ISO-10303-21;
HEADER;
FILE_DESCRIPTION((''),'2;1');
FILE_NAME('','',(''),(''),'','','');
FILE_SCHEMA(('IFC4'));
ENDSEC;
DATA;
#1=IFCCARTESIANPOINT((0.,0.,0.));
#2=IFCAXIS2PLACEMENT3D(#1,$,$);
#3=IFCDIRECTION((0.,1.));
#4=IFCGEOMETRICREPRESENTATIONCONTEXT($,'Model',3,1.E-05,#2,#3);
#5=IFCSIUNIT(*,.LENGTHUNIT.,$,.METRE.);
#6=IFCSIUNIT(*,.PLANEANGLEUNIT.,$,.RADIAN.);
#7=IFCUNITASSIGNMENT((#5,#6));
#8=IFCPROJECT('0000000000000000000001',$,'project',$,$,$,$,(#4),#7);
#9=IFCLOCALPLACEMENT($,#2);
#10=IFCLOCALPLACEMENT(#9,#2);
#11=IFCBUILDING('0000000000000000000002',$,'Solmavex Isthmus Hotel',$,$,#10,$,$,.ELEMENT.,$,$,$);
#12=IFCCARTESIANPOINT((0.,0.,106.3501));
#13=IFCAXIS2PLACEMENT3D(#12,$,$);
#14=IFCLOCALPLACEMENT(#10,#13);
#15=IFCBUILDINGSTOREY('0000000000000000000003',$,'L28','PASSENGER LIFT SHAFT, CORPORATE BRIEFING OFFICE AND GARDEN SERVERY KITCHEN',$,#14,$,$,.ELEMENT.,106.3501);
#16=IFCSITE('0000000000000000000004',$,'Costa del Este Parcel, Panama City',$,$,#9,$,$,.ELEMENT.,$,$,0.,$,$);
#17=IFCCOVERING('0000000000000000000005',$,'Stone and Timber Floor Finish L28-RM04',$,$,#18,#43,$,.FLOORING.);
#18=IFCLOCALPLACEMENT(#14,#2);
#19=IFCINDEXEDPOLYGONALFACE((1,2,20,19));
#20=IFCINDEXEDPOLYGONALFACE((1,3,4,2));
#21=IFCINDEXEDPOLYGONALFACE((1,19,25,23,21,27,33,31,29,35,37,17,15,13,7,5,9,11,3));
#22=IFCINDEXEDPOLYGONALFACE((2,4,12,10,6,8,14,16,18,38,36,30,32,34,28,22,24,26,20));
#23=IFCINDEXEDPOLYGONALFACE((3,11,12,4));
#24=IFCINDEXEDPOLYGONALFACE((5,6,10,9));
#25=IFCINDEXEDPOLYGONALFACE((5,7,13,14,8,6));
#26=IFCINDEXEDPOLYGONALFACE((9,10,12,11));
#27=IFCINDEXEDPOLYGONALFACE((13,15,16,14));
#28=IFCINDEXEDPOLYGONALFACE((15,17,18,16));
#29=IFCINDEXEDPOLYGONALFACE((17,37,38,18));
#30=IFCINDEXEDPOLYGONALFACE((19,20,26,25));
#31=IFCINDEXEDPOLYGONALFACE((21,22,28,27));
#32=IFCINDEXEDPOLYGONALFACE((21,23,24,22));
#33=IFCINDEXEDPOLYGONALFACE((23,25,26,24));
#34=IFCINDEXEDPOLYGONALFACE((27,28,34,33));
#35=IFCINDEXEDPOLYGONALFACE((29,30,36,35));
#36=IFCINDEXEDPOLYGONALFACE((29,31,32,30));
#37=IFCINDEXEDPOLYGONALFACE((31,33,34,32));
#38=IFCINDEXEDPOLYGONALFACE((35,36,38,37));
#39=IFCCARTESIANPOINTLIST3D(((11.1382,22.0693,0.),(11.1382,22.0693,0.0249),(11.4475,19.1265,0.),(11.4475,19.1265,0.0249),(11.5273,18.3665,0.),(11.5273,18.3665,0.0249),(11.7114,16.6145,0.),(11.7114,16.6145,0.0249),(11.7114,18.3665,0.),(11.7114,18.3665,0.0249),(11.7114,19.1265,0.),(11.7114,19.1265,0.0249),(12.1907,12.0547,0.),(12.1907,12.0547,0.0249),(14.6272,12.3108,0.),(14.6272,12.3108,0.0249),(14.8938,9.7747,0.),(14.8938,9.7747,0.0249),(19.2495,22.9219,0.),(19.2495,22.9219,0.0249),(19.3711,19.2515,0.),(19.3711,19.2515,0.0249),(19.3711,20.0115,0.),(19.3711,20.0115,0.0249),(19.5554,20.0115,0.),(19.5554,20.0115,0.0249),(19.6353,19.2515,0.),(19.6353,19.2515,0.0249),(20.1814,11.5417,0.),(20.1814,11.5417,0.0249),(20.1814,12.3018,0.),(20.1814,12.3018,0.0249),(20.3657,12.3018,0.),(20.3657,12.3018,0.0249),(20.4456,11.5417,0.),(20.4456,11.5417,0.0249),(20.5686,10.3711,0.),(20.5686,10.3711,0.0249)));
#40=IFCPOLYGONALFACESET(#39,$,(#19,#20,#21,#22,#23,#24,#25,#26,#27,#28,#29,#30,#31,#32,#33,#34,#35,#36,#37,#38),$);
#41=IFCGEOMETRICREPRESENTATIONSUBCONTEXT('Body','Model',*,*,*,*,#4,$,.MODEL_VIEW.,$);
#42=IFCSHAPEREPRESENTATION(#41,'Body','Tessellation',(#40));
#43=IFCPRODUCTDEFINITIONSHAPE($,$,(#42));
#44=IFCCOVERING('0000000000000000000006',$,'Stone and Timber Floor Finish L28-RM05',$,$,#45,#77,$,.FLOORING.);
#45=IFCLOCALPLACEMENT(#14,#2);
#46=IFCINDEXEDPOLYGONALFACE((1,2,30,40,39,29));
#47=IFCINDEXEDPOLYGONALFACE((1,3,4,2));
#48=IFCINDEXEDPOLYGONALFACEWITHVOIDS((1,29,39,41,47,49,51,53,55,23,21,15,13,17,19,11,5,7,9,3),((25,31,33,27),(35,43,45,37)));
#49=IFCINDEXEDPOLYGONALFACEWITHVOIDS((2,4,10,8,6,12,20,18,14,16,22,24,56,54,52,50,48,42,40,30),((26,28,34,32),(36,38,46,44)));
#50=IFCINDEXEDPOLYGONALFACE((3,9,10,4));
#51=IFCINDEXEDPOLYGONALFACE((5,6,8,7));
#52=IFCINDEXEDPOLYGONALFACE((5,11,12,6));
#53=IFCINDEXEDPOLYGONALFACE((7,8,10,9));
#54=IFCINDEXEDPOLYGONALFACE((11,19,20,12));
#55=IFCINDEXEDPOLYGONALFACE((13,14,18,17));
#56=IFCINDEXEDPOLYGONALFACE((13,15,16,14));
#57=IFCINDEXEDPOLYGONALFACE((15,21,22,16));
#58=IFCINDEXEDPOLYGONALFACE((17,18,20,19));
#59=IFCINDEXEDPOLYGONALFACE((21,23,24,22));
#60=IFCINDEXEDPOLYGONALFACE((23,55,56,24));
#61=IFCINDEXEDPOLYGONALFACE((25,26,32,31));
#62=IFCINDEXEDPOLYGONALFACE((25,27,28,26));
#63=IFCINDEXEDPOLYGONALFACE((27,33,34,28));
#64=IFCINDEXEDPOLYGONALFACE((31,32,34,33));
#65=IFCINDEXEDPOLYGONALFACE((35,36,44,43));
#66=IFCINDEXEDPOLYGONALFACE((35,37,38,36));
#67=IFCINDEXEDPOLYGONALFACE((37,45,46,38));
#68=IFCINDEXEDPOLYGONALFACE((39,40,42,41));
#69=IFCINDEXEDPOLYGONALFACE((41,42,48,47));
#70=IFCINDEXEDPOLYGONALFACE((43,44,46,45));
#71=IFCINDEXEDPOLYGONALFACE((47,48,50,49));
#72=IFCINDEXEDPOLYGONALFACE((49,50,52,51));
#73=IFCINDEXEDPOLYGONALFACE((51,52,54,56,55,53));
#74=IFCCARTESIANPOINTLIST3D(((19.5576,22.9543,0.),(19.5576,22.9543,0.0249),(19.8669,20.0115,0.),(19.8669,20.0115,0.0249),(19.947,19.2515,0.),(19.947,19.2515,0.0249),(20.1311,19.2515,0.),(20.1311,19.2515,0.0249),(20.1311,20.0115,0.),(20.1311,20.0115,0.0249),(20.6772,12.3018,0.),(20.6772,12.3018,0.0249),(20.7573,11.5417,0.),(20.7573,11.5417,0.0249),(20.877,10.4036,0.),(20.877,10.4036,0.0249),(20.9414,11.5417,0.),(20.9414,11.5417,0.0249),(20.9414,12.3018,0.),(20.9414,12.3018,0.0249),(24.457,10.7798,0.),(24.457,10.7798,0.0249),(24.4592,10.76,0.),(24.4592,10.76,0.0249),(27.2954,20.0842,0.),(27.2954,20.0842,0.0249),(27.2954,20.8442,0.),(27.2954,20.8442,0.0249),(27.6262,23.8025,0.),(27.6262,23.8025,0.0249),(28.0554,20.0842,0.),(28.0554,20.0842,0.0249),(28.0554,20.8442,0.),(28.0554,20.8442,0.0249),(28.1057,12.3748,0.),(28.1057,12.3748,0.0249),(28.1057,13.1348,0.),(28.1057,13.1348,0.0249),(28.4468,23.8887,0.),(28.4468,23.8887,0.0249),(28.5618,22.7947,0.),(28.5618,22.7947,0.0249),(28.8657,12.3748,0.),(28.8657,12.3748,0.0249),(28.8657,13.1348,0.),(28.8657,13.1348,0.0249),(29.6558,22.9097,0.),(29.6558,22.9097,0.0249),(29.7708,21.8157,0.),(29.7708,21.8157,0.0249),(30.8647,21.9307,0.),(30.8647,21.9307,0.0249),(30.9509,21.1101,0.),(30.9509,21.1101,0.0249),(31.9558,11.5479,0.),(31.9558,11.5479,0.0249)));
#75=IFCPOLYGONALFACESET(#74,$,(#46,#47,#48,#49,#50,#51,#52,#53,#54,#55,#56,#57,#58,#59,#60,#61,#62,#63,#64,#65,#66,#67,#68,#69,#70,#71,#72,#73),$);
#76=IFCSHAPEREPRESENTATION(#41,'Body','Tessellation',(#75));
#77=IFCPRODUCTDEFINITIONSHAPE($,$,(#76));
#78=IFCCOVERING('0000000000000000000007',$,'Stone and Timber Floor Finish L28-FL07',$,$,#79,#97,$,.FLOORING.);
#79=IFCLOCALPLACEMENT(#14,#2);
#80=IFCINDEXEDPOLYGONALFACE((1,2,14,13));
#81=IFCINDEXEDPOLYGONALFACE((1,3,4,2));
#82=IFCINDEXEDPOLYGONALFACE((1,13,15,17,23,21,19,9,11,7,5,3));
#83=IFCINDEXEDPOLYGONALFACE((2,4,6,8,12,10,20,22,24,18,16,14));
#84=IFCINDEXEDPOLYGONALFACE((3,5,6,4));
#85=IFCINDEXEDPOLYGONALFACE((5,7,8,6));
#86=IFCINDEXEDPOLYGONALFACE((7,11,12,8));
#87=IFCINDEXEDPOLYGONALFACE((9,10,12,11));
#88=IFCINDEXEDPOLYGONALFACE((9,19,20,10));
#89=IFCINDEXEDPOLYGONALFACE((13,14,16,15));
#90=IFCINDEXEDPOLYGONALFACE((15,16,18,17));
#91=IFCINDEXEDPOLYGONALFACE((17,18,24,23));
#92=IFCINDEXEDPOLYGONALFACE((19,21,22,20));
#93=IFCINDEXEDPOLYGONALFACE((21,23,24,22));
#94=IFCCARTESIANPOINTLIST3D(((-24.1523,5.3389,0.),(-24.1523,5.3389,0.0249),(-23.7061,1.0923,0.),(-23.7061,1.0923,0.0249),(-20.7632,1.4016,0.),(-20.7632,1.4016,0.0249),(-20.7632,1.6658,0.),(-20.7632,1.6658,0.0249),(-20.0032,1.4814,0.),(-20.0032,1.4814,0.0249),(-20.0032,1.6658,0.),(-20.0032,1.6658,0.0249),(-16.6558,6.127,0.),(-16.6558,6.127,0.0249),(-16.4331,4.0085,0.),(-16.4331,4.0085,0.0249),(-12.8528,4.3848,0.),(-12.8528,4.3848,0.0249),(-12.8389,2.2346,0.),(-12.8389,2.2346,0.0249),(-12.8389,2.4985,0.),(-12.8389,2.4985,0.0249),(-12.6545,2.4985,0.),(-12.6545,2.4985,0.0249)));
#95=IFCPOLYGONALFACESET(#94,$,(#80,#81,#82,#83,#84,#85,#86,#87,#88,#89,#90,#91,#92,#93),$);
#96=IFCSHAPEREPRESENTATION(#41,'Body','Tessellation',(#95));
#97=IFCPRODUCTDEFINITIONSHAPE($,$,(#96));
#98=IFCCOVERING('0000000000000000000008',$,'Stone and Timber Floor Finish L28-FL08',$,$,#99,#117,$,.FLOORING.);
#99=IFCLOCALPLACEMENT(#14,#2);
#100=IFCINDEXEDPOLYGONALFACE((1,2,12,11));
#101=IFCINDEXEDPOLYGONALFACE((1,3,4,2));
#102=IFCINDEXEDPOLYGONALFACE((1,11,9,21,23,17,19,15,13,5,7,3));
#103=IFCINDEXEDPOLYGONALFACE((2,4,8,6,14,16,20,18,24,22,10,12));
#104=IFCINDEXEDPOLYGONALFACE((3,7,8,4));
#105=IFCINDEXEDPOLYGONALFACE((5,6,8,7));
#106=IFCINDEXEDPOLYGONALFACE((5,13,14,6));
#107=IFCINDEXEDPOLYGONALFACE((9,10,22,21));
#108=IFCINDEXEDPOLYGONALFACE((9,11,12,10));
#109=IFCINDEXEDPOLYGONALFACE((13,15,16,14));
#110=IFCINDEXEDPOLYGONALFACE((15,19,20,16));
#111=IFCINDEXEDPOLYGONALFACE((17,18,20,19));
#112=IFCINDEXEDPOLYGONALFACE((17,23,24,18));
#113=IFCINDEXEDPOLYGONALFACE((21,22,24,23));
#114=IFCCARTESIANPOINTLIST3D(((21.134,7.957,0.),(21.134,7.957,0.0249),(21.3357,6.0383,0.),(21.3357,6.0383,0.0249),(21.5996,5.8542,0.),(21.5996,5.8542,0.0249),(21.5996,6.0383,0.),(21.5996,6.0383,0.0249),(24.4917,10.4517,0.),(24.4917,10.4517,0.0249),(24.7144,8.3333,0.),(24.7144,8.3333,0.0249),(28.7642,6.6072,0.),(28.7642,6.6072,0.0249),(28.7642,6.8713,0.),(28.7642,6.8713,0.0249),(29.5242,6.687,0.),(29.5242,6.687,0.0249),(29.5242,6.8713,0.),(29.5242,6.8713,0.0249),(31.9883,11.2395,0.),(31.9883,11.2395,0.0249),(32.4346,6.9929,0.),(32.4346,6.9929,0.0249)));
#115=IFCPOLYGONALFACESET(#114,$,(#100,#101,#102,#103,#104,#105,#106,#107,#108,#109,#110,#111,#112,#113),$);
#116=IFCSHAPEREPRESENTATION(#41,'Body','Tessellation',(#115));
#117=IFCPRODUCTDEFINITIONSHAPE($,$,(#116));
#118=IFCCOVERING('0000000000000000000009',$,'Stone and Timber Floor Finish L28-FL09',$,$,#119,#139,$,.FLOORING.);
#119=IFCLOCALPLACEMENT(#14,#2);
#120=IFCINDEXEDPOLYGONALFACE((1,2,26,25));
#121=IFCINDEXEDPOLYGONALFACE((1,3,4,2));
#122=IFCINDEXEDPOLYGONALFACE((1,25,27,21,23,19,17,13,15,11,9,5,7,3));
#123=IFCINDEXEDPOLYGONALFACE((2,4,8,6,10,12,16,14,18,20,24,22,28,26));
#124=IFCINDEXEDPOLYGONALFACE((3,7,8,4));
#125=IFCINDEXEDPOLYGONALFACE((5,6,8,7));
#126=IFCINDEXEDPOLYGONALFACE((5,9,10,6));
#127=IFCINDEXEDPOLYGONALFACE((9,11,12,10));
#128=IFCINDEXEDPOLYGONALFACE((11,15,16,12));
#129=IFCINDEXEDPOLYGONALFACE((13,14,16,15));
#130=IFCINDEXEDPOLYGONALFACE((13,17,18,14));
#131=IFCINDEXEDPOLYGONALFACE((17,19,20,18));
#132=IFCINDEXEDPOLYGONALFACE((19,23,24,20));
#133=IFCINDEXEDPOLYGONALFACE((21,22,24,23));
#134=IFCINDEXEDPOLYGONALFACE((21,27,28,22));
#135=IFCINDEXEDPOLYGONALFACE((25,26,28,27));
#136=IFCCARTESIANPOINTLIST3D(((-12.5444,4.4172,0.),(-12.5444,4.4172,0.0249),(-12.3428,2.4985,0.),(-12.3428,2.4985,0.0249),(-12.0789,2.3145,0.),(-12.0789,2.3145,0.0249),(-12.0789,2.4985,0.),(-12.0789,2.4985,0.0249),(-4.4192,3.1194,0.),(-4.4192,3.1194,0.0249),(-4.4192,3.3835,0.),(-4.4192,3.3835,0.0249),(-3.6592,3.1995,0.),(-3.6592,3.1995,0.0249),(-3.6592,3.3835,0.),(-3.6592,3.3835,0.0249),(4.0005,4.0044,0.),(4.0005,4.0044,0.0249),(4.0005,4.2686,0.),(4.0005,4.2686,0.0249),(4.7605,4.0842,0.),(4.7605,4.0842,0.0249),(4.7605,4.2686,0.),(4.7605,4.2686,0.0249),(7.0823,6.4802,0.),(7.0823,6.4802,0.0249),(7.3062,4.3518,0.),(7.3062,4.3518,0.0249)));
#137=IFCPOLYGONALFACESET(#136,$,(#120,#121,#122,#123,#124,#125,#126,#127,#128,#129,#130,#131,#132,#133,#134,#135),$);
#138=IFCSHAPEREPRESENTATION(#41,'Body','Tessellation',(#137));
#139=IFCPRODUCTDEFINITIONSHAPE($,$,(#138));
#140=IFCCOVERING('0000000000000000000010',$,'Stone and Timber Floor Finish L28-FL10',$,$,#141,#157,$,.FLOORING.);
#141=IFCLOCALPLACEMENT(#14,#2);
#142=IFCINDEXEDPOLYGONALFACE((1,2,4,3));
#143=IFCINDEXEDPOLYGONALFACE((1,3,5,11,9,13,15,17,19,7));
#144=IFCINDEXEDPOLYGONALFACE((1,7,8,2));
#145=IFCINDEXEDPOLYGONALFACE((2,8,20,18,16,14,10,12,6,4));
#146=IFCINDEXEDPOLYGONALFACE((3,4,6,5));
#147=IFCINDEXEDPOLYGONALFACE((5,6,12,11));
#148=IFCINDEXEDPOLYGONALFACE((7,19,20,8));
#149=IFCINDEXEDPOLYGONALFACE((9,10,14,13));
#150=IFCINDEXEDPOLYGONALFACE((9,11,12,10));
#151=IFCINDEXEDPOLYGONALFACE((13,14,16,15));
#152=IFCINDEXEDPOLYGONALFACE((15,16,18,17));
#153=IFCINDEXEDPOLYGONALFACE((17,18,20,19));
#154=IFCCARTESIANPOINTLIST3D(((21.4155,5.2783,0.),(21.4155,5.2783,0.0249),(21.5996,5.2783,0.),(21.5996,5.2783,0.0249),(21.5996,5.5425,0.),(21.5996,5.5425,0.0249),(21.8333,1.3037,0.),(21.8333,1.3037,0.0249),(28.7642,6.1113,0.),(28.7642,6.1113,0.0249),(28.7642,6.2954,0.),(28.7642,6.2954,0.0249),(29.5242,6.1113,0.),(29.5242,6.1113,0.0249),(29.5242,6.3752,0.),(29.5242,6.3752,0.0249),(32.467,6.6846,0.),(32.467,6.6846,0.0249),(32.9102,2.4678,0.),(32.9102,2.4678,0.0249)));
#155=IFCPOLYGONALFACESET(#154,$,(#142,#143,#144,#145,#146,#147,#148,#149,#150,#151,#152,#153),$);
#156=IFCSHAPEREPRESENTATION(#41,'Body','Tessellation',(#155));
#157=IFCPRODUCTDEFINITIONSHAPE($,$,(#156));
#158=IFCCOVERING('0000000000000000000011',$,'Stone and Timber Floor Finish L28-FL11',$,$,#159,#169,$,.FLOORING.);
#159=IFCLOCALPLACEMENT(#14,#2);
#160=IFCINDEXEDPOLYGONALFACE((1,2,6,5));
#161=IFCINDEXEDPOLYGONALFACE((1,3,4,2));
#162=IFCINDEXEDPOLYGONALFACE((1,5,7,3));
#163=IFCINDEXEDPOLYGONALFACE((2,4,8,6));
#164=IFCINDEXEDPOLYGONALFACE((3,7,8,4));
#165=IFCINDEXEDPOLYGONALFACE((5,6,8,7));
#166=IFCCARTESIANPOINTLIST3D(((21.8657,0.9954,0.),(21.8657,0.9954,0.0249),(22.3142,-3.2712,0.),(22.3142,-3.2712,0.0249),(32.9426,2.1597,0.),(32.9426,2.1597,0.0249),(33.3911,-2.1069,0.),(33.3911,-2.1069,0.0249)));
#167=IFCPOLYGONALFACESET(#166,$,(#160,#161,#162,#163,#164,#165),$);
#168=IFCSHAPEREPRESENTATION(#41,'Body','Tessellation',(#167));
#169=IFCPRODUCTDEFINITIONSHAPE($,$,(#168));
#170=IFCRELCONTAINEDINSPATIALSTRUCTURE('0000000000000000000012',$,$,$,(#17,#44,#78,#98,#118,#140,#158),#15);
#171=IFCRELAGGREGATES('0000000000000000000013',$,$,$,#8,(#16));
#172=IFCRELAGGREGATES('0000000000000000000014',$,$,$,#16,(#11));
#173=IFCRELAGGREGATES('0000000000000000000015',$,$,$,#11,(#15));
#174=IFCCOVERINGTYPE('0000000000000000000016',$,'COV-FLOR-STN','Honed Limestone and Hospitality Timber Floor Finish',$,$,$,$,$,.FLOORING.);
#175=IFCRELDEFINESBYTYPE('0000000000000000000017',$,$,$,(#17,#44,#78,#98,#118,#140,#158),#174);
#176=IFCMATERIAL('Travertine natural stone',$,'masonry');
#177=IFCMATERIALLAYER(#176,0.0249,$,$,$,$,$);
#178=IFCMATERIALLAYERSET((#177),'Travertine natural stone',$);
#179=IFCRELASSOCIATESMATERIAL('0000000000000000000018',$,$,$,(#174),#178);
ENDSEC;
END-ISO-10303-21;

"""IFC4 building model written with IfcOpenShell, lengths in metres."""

from ifc_helpers import new_model, si_unit, direction, frame, origin, place, context, subcontext, project, spatial, polyline, outline, extrude, material, layer, layer_set, type_object, element, save


model = new_model("IFC4")

# Units and contexts
model_context = context("Model", 3, precision=1e-05, world=origin(), true_north=direction((0.0, 1.0)))
body_context = subcontext(model_context, "Body", "Model", "MODEL_VIEW")
ifc_project = project(units=[si_unit("LENGTHUNIT", "METRE"), si_unit("PLANEANGLEUNIT", "RADIAN")], contexts=[model_context])

# Site, building, storey
site_placement = place(None, origin())
site = spatial("IfcSite", under=ifc_project, at=site_placement, Name="Costa del Este Parcel, Panama City", CompositionType="ELEMENT", RefElevation=0.0)
building_placement = place(site_placement, origin())
building = spatial("IfcBuilding", under=site, at=building_placement, Name="Solmavex Isthmus Hotel", CompositionType="ELEMENT")
storey_placement = place(building_placement, frame((0.0, 0.0, 106.3501)))
storey = spatial("IfcBuildingStorey", under=building, at=storey_placement, Name="L28", Description="PASSENGER LIFT SHAFT, CORPORATE BRIEFING OFFICE AND GARDEN SERVERY KITCHEN", CompositionType="ELEMENT", Elevation=106.3501)

# Coverings
ifc_material_1 = material(Name="Travertine natural stone", Category="masonry")
ifc_layer_1 = layer(ifc_material_1, 0.0249)
ifc_layer_set_1 = layer_set([ifc_layer_1], Name="Travertine natural stone")
covering_type_1 = type_object("IfcCoveringType", Name="COV-FLOR-STN", Description="Honed Limestone and Hospitality Timber Floor Finish", PredefinedType="FLOORING", material=ifc_layer_set_1)
covering_1_placement = place(storey_placement, origin())
element("IfcCovering", 1, at=covering_1_placement, inside=storey, type_object=covering_type_1, Name="Stone and Timber Floor Finish L28-RM04", PredefinedType="FLOORING", context=body_context, shape_type="SweptSolid", body=[
    extrude(outline(polyline([(11.4475, 19.1265), (11.7114, 19.1265), (11.7114, 18.3665), (11.5273, 18.3665), (11.7114, 16.6145), (12.1907, 12.0547), (14.6272, 12.3108), (14.8938, 9.7747), (20.5686, 10.3711), (20.4456, 11.5417), (20.1814, 11.5417), (20.1814, 12.3018), (20.3657, 12.3018), (19.6353, 19.2515), (19.3711, 19.2515), (19.3711, 20.0115), (19.5554, 20.0115), (19.2495, 22.9219), (11.1382, 22.0693), (11.4475, 19.1265)])), origin(), (0.0, 0.0, 1.0), 0.0249),
])
covering_2_placement = place(storey_placement, origin())
element("IfcCovering", 2, at=covering_2_placement, inside=storey, type_object=covering_type_1, Name="Stone and Timber Floor Finish L28-RM05", PredefinedType="FLOORING", context=body_context, shape_type="SweptSolid", body=[
    extrude(outline(polyline([(20.6772, 12.3018), (20.9414, 12.3018), (20.9414, 11.5417), (20.7573, 11.5417), (20.877, 10.4036), (24.457, 10.7798), (24.4592, 10.76), (31.9558, 11.5479), (30.9509, 21.1101), (30.8647, 21.9307), (29.7708, 21.8157), (29.6558, 22.9097), (28.5618, 22.7947), (28.4468, 23.8887), (27.6262, 23.8025), (19.5576, 22.9543), (19.8669, 20.0115), (20.1311, 20.0115), (20.1311, 19.2515), (19.947, 19.2515), (20.6772, 12.3018)]), holes=[polyline([(28.1057, 12.3748), (28.1057, 13.1348), (28.8657, 13.1348), (28.8657, 12.3748), (28.1057, 12.3748)]), polyline([(27.2954, 20.8442), (28.0554, 20.8442), (28.0554, 20.0842), (27.2954, 20.0842), (27.2954, 20.8442)])]), origin(), (0.0, 0.0, 1.0), 0.0249),
])
covering_3_placement = place(storey_placement, origin())
element("IfcCovering", 3, at=covering_3_placement, inside=storey, type_object=covering_type_1, Name="Stone and Timber Floor Finish L28-FL07", PredefinedType="FLOORING", context=body_context, shape_type="SweptSolid", body=[
    extrude(outline(polyline([(-12.8389, 2.2346), (-12.8389, 2.4985), (-12.6545, 2.4985), (-12.8528, 4.3848), (-16.4331, 4.0085), (-16.6558, 6.127), (-24.1523, 5.3389), (-23.7061, 1.0923), (-20.7632, 1.4016), (-20.7632, 1.6658), (-20.0032, 1.6658), (-20.0032, 1.4814), (-12.8389, 2.2346)])), origin(), (0.0, 0.0, 1.0), 0.0249),
])
covering_4_placement = place(storey_placement, origin())
element("IfcCovering", 4, at=covering_4_placement, inside=storey, type_object=covering_type_1, Name="Stone and Timber Floor Finish L28-FL08", PredefinedType="FLOORING", context=body_context, shape_type="SweptSolid", body=[
    extrude(outline(polyline([(28.7642, 6.6072), (28.7642, 6.8713), (29.5242, 6.8713), (29.5242, 6.687), (32.4346, 6.9929), (31.9883, 11.2395), (24.4917, 10.4517), (24.7144, 8.3333), (21.134, 7.957), (21.3357, 6.0383), (21.5996, 6.0383), (21.5996, 5.8542), (28.7642, 6.6072)])), origin(), (0.0, 0.0, 1.0), 0.0249),
])
covering_5_placement = place(storey_placement, origin())
element("IfcCovering", 5, at=covering_5_placement, inside=storey, type_object=covering_type_1, Name="Stone and Timber Floor Finish L28-FL09", PredefinedType="FLOORING", context=body_context, shape_type="SweptSolid", body=[
    extrude(outline(polyline([(4.0005, 4.0044), (4.0005, 4.2686), (4.7605, 4.2686), (4.7605, 4.0842), (7.3062, 4.3518), (7.0823, 6.4802), (-12.5444, 4.4172), (-12.3428, 2.4985), (-12.0789, 2.4985), (-12.0789, 2.3145), (-4.4192, 3.1194), (-4.4192, 3.3835), (-3.6592, 3.3835), (-3.6592, 3.1995), (4.0005, 4.0044)])), origin(), (0.0, 0.0, 1.0), 0.0249),
])
covering_6_placement = place(storey_placement, origin())
element("IfcCovering", 6, at=covering_6_placement, inside=storey, type_object=covering_type_1, Name="Stone and Timber Floor Finish L28-FL10", PredefinedType="FLOORING", context=body_context, shape_type="SweptSolid", body=[
    extrude(outline(polyline([(21.5996, 5.5425), (21.5996, 5.2783), (21.4155, 5.2783), (21.8333, 1.3037), (32.9102, 2.4678), (32.467, 6.6846), (29.5242, 6.3752), (29.5242, 6.1113), (28.7642, 6.1113), (28.7642, 6.2954), (21.5996, 5.5425)])), origin(), (0.0, 0.0, 1.0), 0.0249),
])
covering_7_placement = place(storey_placement, origin())
element("IfcCovering", 7, at=covering_7_placement, inside=storey, type_object=covering_type_1, Name="Stone and Timber Floor Finish L28-FL11", PredefinedType="FLOORING", context=body_context, shape_type="SweptSolid", body=[
    extrude(outline(polyline([(32.9426, 2.1597), (21.8657, 0.9954), (22.3142, -3.2712), (33.3911, -2.1069), (32.9426, 2.1597)])), origin(), (0.0, 0.0, 1.0), 0.0249),
])

save(model, "model.ifc")
